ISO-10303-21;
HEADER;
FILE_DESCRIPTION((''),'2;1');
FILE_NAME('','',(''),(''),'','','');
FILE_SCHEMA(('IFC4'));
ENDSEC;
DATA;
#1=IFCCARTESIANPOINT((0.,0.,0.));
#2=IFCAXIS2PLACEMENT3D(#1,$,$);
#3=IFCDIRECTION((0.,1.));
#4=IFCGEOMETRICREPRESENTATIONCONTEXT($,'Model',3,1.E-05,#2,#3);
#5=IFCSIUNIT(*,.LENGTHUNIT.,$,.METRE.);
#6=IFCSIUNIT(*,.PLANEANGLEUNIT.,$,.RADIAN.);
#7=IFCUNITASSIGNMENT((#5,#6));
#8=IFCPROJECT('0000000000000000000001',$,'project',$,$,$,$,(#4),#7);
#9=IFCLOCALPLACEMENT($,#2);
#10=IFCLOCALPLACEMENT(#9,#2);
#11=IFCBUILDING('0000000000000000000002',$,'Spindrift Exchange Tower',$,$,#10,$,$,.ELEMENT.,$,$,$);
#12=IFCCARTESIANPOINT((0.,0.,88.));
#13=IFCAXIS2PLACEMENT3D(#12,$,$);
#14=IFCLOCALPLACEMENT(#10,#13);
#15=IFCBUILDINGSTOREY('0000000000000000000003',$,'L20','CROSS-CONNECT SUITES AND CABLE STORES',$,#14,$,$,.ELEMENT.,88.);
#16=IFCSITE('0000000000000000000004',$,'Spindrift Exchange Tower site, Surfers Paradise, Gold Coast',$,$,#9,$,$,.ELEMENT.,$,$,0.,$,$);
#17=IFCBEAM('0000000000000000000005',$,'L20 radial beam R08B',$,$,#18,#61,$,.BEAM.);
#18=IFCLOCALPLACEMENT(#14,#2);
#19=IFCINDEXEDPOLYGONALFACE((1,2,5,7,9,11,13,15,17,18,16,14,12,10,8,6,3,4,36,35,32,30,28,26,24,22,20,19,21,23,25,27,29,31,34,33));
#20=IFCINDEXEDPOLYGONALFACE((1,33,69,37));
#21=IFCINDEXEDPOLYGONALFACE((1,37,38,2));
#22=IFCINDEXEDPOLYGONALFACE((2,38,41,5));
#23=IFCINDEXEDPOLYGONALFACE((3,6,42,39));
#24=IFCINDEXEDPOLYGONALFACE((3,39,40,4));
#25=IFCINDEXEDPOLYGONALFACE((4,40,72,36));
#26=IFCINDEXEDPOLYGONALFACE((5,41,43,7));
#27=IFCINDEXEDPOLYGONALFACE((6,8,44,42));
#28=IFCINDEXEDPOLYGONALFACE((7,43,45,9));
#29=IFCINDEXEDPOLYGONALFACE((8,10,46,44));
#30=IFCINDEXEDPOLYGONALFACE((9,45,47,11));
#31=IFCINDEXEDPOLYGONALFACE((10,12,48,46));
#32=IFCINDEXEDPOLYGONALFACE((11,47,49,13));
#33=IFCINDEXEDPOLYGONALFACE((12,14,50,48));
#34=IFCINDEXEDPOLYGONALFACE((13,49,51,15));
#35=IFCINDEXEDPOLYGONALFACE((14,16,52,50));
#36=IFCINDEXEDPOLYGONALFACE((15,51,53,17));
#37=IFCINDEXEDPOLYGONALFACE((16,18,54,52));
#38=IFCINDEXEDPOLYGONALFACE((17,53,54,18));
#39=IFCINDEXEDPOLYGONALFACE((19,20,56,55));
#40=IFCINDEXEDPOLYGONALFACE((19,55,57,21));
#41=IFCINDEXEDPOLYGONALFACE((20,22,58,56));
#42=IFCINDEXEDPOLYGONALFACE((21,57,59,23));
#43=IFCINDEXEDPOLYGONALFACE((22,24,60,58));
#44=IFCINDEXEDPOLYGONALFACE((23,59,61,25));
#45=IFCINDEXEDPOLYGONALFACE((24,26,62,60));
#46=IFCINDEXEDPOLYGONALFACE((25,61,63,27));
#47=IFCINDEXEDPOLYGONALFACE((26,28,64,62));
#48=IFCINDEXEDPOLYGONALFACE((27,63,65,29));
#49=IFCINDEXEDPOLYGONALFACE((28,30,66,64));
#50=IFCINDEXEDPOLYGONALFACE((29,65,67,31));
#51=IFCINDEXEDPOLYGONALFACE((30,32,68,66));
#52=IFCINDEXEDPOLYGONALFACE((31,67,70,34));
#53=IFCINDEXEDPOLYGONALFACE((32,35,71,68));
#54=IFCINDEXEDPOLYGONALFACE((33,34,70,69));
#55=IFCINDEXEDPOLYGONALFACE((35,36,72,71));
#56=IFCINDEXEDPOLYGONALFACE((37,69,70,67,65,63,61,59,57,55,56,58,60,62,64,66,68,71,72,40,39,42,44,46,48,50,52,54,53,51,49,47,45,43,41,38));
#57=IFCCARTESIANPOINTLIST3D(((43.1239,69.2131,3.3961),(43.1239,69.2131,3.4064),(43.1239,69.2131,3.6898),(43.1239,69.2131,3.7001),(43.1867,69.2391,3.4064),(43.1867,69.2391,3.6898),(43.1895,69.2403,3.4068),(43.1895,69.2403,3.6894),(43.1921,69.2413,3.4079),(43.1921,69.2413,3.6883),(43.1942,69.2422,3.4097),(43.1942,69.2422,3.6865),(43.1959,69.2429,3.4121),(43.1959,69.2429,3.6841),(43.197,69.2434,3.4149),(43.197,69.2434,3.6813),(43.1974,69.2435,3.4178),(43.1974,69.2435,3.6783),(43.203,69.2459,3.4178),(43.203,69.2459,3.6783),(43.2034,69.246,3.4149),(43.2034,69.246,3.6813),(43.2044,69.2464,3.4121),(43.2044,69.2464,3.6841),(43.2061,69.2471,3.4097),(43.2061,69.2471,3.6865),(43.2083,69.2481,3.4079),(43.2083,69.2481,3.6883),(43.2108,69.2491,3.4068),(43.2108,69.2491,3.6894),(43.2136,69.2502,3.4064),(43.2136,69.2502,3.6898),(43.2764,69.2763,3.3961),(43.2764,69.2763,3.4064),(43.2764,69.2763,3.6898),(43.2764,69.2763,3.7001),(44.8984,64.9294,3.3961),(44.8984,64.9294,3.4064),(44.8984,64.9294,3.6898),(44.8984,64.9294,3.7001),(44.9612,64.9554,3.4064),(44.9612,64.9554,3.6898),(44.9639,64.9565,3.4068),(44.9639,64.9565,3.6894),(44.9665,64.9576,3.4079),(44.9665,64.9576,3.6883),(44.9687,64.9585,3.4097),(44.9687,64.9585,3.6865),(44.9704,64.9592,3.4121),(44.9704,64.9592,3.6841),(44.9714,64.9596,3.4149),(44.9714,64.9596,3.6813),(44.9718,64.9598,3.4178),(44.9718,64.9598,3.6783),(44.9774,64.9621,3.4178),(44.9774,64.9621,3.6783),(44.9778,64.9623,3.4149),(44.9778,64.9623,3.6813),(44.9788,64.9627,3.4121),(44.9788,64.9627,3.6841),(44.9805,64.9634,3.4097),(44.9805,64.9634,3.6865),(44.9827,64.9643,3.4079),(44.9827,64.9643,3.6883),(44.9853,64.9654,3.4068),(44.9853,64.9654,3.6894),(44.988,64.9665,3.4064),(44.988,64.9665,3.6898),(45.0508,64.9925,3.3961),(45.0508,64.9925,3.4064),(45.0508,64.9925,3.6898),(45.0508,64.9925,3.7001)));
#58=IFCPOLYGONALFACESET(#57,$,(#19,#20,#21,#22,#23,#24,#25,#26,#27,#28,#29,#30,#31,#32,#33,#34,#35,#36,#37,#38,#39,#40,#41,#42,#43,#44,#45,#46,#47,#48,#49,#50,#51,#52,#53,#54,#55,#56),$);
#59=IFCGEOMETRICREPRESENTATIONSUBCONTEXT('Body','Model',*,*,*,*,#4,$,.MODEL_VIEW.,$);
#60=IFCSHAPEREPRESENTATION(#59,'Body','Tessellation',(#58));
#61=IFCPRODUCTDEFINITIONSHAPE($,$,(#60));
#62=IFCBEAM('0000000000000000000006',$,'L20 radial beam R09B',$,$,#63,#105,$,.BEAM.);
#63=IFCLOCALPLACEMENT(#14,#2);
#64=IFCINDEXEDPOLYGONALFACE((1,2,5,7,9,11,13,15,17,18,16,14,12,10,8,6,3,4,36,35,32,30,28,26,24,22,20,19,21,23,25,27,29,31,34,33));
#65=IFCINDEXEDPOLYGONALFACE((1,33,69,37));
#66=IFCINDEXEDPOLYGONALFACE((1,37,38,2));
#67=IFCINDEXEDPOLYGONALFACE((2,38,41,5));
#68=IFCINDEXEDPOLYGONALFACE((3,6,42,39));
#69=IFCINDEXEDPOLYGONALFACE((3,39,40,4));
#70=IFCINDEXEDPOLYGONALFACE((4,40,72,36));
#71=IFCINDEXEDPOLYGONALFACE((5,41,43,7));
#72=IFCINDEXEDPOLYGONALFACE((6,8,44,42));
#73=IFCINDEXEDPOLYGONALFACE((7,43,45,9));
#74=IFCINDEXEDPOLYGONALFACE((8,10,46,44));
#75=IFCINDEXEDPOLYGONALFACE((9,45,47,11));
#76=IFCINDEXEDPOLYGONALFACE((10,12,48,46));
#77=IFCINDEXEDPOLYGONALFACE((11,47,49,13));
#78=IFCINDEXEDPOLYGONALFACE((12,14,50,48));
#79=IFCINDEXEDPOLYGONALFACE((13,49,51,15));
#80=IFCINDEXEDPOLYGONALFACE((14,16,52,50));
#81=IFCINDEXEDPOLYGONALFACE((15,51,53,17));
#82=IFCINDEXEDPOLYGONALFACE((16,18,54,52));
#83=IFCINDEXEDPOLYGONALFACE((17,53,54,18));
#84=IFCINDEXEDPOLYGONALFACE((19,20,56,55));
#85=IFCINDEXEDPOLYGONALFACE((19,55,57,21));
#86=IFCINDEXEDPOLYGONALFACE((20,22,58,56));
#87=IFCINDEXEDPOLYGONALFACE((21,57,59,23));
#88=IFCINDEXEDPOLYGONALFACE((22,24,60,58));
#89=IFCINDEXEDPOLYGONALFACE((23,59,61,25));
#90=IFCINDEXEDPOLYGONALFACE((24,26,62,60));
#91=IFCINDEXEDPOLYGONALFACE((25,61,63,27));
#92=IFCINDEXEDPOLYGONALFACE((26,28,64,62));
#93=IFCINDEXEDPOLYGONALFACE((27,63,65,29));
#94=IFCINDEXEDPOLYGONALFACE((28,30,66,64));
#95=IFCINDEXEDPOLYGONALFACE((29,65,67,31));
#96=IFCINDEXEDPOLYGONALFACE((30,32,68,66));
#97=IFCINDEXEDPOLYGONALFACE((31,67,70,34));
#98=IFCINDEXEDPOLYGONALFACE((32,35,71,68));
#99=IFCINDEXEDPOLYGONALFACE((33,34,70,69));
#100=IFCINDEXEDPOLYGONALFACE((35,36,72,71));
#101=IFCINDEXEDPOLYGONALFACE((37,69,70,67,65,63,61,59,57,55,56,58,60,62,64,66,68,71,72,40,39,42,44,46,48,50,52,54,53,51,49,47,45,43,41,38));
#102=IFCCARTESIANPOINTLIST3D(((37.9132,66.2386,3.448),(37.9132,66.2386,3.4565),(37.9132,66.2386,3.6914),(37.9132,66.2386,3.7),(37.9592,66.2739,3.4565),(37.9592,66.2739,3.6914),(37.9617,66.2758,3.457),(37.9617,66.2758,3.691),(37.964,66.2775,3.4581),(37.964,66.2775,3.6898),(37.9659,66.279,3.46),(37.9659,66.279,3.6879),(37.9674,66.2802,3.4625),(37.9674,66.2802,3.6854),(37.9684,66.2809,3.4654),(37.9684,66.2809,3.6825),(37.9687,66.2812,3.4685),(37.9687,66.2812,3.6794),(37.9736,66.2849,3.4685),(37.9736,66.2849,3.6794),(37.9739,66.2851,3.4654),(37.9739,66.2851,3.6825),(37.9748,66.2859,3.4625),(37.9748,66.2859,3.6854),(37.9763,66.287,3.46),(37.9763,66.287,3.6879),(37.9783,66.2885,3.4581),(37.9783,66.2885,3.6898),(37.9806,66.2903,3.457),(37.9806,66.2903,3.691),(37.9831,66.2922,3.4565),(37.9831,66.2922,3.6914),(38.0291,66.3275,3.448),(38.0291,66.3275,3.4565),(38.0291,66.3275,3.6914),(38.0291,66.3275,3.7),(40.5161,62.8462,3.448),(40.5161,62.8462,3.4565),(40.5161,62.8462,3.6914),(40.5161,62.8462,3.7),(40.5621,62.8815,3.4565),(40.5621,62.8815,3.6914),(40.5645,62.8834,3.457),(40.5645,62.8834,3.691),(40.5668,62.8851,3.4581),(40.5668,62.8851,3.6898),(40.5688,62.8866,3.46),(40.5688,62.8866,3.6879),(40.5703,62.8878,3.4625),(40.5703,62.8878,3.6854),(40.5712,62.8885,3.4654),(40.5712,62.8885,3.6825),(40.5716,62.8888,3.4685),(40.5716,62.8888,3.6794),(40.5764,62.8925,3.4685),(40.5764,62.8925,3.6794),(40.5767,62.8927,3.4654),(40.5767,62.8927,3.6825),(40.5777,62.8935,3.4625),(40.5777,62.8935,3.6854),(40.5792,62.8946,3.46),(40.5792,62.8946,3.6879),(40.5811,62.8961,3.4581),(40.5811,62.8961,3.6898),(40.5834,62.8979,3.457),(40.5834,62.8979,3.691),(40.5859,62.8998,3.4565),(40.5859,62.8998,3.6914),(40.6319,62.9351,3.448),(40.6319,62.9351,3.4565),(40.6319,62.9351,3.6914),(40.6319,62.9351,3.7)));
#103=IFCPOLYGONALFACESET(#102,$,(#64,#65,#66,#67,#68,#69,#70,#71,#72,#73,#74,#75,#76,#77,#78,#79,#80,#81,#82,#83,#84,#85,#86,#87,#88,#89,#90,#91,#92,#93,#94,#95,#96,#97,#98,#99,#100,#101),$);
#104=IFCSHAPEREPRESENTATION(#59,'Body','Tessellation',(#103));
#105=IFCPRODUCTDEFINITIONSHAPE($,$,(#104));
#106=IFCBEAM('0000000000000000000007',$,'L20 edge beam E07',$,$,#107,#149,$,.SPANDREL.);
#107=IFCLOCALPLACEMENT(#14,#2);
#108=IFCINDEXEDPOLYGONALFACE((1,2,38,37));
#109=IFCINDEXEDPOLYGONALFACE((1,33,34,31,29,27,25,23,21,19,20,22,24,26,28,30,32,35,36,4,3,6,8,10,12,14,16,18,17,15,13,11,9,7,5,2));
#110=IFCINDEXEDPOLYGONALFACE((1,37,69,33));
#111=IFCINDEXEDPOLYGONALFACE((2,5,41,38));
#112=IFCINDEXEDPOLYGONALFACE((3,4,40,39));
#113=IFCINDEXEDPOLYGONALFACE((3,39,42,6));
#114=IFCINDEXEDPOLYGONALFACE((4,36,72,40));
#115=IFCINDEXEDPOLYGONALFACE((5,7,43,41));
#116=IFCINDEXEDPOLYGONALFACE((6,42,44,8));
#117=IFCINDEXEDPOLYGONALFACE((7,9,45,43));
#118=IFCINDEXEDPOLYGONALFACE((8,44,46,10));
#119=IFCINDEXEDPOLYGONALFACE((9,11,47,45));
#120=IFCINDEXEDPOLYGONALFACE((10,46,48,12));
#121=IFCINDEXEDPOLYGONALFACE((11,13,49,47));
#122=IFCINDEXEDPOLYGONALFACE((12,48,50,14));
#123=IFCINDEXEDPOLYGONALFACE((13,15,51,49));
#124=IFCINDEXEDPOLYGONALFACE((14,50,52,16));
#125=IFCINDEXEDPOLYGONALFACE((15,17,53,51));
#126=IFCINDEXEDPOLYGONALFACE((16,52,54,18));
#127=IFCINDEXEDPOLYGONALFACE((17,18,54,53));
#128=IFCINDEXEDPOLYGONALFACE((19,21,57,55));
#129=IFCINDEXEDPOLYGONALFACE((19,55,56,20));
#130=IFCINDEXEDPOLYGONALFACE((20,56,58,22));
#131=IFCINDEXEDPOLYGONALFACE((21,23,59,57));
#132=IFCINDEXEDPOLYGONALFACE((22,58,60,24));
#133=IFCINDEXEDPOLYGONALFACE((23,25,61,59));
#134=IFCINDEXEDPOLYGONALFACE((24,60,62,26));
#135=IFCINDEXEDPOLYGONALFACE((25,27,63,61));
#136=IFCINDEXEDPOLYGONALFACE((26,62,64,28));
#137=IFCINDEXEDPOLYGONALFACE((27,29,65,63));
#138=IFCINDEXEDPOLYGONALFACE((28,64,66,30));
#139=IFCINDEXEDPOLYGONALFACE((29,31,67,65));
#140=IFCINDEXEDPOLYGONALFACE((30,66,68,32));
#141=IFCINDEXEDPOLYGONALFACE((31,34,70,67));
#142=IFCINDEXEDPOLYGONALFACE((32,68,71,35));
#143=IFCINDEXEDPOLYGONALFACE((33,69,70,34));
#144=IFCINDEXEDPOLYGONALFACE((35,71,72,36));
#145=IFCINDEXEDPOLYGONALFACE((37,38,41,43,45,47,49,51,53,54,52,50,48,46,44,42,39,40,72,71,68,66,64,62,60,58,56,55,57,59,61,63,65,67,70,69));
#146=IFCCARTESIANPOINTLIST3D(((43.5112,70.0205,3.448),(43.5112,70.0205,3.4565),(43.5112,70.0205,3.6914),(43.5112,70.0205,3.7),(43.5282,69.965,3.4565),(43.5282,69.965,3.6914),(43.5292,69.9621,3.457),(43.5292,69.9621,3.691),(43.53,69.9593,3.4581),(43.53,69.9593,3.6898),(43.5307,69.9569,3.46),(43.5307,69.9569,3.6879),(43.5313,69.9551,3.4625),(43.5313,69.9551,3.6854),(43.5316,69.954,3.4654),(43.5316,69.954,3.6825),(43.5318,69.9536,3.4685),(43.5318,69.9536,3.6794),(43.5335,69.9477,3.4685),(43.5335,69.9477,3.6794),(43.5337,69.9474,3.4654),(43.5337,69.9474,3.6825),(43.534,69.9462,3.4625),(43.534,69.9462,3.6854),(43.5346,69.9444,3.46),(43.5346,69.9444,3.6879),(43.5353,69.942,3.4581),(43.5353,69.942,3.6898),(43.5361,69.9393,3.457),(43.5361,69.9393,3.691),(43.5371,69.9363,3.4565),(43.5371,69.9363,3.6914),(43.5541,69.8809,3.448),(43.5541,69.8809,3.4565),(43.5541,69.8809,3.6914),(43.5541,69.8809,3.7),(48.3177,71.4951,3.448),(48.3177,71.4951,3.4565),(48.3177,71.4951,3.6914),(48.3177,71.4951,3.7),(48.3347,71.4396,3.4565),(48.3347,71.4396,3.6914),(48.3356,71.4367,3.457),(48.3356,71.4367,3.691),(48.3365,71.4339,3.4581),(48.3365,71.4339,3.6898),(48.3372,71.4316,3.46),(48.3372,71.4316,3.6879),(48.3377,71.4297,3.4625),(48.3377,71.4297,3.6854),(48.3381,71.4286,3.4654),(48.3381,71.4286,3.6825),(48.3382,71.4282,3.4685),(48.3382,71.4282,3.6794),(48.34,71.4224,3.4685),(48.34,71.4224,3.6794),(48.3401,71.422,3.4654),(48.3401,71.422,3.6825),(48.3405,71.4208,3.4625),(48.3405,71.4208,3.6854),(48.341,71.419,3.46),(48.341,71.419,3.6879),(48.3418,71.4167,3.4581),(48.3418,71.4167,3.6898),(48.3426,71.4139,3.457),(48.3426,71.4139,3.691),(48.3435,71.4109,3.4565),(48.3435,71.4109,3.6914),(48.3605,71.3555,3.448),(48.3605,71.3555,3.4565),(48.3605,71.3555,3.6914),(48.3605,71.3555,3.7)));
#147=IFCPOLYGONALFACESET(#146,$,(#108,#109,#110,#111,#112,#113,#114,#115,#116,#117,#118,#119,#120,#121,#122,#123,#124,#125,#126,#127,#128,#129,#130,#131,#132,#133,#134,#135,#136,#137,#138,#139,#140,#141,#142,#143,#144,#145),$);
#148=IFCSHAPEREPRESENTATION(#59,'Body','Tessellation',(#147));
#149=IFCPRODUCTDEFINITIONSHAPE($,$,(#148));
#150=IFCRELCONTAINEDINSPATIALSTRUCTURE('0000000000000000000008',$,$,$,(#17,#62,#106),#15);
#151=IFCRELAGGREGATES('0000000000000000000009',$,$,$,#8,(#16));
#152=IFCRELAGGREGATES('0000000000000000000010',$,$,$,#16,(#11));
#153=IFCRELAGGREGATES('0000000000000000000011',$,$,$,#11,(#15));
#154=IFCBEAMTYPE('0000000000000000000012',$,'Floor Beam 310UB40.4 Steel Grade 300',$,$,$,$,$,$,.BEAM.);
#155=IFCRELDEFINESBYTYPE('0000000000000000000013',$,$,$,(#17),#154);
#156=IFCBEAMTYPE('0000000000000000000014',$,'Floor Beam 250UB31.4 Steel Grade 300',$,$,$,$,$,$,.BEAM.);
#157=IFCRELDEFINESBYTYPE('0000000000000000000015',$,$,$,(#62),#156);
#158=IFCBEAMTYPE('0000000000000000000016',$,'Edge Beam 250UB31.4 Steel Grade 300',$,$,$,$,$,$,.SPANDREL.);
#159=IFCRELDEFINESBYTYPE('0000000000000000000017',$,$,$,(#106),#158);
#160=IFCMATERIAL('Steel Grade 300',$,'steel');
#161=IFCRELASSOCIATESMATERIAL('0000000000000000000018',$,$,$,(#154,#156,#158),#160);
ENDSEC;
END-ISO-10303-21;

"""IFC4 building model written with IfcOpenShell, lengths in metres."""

from ifc_helpers import new_model, si_unit, direction, frame, origin, origin_2d, place, context, subcontext, project, spatial, i_section, extrude, source, transform, mapped, material, material_profile, profile_set, type_object, element, save


model = new_model("IFC4")

# Units and contexts
model_context = context("Model", 3, precision=1e-05, world=origin(), true_north=direction((0.0, 1.0)))
body_context = subcontext(model_context, "Body", "Model", "MODEL_VIEW")
ifc_project = project(units=[si_unit("LENGTHUNIT", "METRE"), si_unit("PLANEANGLEUNIT", "RADIAN")], contexts=[model_context])

# Site, building, storey
site_placement = place(None, origin())
site = spatial("IfcSite", under=ifc_project, at=site_placement, Name="Spindrift Exchange Tower site, Surfers Paradise, Gold Coast", CompositionType="ELEMENT", RefElevation=0.0)
building_placement = place(site_placement, origin())
building = spatial("IfcBuilding", under=site, at=building_placement, Name="Spindrift Exchange Tower", CompositionType="ELEMENT")
storey_placement = place(building_placement, frame((0.0, 0.0, 88.0)))
storey = spatial("IfcBuildingStorey", under=building, at=storey_placement, Name="L20", Description="CROSS-CONNECT SUITES AND CABLE STORES", CompositionType="ELEMENT", Elevation=88.0)

# Beams
ifc_material_1 = material(Name="Steel Grade 300", Category="steel")
ifc_material_profile_1 = material_profile(ifc_material_1, i_section(OverallWidth=0.165, OverallDepth=0.304, WebThickness=0.0061, FlangeThickness=0.0103, FilletRadius=0.0115, at=origin_2d()), Name="310UB40.4")
ifc_profile_set_1 = profile_set([ifc_material_profile_1], Name="Steel Grade 300")
beam_type_1 = type_object("IfcBeamType", Name="Floor Beam 310UB40.4 Steel Grade 300", PredefinedType="BEAM", material=ifc_profile_set_1)
shared_shape_1 = source(origin(), body_context, "Body", "SweptSolid", [
    extrude(i_section(OverallWidth=0.165, OverallDepth=0.304, WebThickness=0.0061, FlangeThickness=0.0103, FilletRadius=0.0115, at=origin_2d()), origin(), (0.0, 0.0, 1.0), 4.6367),
])
beam_1_placement = place(storey_placement, frame((44.9746, 64.9609, 3.5481), z_axis=(-0.382693, 0.923876, 0.0), x_axis=(-0.923876, -0.382693, 0.0)))
element("IfcBeam", 1, at=beam_1_placement, inside=storey, type_object=beam_type_1, Name="L20 radial beam R08B", PredefinedType="BEAM", context=body_context, shape_type="MappedRepresentation", body=[
    mapped(shared_shape_1, transform((0.0, 0.0, 0.0), scale=1.0)),
])
ifc_material_profile_2 = material_profile(ifc_material_1, i_section(OverallWidth=0.146, OverallDepth=0.252, WebThickness=0.0061, FlangeThickness=0.0085, FilletRadius=0.012, at=origin_2d()), Name="250UB31.4")
ifc_profile_set_2 = profile_set([ifc_material_profile_2], Name="Steel Grade 300")
beam_type_2 = type_object("IfcBeamType", Name="Floor Beam 250UB31.4 Steel Grade 300", PredefinedType="BEAM", material=ifc_profile_set_2)
shared_shape_2 = source(origin(), body_context, "Body", "SweptSolid", [
    extrude(i_section(OverallWidth=0.146, OverallDepth=0.252, WebThickness=0.0061, FlangeThickness=0.0085, FilletRadius=0.012, at=origin_2d()), origin(), (0.0, 0.0, 1.0), 4.2759),
])
beam_2_placement = place(storey_placement, frame((40.574, 62.8906, 3.574), z_axis=(-0.608725, 0.793381, 0.0), x_axis=(-0.793381, -0.608725, 0.0)))
element("IfcBeam", 2, at=beam_2_placement, inside=storey, type_object=beam_type_2, Name="L20 radial beam R09B", PredefinedType="BEAM", context=body_context, shape_type="MappedRepresentation", body=[
    mapped(shared_shape_2, transform((0.0, 0.0, 0.0), scale=1.0)),
])
ifc_material_profile_3 = material_profile(ifc_material_1, i_section(OverallWidth=0.146, OverallDepth=0.252, WebThickness=0.0061, FlangeThickness=0.0085, FilletRadius=0.012, at=origin_2d()), Name="250UB31.4")
ifc_profile_set_3 = profile_set([ifc_material_profile_3], Name="Steel Grade 300")
beam_type_3 = type_object("IfcBeamType", Name="Edge Beam 250UB31.4 Steel Grade 300", PredefinedType="SPANDREL", material=ifc_profile_set_3)
shared_shape_3 = source(origin(), body_context, "Body", "SweptSolid", [
    extrude(i_section(OverallWidth=0.146, OverallDepth=0.252, WebThickness=0.0061, FlangeThickness=0.0085, FilletRadius=0.012, at=origin_2d()), origin(), (0.0, 0.0, 1.0), 5.0276),
])
beam_3_placement = place(storey_placement, frame((48.3391, 71.4253, 3.574), z_axis=(-0.956018, -0.293308, 0.0), x_axis=(0.293308, -0.956018, 0.0)))
element("IfcBeam", 3, at=beam_3_placement, inside=storey, type_object=beam_type_3, Name="L20 edge beam E07", PredefinedType="SPANDREL", context=body_context, shape_type="MappedRepresentation", body=[
    mapped(shared_shape_3, transform((0.0, 0.0, 0.0), scale=1.0)),
])

save(model, "model.ifc")
